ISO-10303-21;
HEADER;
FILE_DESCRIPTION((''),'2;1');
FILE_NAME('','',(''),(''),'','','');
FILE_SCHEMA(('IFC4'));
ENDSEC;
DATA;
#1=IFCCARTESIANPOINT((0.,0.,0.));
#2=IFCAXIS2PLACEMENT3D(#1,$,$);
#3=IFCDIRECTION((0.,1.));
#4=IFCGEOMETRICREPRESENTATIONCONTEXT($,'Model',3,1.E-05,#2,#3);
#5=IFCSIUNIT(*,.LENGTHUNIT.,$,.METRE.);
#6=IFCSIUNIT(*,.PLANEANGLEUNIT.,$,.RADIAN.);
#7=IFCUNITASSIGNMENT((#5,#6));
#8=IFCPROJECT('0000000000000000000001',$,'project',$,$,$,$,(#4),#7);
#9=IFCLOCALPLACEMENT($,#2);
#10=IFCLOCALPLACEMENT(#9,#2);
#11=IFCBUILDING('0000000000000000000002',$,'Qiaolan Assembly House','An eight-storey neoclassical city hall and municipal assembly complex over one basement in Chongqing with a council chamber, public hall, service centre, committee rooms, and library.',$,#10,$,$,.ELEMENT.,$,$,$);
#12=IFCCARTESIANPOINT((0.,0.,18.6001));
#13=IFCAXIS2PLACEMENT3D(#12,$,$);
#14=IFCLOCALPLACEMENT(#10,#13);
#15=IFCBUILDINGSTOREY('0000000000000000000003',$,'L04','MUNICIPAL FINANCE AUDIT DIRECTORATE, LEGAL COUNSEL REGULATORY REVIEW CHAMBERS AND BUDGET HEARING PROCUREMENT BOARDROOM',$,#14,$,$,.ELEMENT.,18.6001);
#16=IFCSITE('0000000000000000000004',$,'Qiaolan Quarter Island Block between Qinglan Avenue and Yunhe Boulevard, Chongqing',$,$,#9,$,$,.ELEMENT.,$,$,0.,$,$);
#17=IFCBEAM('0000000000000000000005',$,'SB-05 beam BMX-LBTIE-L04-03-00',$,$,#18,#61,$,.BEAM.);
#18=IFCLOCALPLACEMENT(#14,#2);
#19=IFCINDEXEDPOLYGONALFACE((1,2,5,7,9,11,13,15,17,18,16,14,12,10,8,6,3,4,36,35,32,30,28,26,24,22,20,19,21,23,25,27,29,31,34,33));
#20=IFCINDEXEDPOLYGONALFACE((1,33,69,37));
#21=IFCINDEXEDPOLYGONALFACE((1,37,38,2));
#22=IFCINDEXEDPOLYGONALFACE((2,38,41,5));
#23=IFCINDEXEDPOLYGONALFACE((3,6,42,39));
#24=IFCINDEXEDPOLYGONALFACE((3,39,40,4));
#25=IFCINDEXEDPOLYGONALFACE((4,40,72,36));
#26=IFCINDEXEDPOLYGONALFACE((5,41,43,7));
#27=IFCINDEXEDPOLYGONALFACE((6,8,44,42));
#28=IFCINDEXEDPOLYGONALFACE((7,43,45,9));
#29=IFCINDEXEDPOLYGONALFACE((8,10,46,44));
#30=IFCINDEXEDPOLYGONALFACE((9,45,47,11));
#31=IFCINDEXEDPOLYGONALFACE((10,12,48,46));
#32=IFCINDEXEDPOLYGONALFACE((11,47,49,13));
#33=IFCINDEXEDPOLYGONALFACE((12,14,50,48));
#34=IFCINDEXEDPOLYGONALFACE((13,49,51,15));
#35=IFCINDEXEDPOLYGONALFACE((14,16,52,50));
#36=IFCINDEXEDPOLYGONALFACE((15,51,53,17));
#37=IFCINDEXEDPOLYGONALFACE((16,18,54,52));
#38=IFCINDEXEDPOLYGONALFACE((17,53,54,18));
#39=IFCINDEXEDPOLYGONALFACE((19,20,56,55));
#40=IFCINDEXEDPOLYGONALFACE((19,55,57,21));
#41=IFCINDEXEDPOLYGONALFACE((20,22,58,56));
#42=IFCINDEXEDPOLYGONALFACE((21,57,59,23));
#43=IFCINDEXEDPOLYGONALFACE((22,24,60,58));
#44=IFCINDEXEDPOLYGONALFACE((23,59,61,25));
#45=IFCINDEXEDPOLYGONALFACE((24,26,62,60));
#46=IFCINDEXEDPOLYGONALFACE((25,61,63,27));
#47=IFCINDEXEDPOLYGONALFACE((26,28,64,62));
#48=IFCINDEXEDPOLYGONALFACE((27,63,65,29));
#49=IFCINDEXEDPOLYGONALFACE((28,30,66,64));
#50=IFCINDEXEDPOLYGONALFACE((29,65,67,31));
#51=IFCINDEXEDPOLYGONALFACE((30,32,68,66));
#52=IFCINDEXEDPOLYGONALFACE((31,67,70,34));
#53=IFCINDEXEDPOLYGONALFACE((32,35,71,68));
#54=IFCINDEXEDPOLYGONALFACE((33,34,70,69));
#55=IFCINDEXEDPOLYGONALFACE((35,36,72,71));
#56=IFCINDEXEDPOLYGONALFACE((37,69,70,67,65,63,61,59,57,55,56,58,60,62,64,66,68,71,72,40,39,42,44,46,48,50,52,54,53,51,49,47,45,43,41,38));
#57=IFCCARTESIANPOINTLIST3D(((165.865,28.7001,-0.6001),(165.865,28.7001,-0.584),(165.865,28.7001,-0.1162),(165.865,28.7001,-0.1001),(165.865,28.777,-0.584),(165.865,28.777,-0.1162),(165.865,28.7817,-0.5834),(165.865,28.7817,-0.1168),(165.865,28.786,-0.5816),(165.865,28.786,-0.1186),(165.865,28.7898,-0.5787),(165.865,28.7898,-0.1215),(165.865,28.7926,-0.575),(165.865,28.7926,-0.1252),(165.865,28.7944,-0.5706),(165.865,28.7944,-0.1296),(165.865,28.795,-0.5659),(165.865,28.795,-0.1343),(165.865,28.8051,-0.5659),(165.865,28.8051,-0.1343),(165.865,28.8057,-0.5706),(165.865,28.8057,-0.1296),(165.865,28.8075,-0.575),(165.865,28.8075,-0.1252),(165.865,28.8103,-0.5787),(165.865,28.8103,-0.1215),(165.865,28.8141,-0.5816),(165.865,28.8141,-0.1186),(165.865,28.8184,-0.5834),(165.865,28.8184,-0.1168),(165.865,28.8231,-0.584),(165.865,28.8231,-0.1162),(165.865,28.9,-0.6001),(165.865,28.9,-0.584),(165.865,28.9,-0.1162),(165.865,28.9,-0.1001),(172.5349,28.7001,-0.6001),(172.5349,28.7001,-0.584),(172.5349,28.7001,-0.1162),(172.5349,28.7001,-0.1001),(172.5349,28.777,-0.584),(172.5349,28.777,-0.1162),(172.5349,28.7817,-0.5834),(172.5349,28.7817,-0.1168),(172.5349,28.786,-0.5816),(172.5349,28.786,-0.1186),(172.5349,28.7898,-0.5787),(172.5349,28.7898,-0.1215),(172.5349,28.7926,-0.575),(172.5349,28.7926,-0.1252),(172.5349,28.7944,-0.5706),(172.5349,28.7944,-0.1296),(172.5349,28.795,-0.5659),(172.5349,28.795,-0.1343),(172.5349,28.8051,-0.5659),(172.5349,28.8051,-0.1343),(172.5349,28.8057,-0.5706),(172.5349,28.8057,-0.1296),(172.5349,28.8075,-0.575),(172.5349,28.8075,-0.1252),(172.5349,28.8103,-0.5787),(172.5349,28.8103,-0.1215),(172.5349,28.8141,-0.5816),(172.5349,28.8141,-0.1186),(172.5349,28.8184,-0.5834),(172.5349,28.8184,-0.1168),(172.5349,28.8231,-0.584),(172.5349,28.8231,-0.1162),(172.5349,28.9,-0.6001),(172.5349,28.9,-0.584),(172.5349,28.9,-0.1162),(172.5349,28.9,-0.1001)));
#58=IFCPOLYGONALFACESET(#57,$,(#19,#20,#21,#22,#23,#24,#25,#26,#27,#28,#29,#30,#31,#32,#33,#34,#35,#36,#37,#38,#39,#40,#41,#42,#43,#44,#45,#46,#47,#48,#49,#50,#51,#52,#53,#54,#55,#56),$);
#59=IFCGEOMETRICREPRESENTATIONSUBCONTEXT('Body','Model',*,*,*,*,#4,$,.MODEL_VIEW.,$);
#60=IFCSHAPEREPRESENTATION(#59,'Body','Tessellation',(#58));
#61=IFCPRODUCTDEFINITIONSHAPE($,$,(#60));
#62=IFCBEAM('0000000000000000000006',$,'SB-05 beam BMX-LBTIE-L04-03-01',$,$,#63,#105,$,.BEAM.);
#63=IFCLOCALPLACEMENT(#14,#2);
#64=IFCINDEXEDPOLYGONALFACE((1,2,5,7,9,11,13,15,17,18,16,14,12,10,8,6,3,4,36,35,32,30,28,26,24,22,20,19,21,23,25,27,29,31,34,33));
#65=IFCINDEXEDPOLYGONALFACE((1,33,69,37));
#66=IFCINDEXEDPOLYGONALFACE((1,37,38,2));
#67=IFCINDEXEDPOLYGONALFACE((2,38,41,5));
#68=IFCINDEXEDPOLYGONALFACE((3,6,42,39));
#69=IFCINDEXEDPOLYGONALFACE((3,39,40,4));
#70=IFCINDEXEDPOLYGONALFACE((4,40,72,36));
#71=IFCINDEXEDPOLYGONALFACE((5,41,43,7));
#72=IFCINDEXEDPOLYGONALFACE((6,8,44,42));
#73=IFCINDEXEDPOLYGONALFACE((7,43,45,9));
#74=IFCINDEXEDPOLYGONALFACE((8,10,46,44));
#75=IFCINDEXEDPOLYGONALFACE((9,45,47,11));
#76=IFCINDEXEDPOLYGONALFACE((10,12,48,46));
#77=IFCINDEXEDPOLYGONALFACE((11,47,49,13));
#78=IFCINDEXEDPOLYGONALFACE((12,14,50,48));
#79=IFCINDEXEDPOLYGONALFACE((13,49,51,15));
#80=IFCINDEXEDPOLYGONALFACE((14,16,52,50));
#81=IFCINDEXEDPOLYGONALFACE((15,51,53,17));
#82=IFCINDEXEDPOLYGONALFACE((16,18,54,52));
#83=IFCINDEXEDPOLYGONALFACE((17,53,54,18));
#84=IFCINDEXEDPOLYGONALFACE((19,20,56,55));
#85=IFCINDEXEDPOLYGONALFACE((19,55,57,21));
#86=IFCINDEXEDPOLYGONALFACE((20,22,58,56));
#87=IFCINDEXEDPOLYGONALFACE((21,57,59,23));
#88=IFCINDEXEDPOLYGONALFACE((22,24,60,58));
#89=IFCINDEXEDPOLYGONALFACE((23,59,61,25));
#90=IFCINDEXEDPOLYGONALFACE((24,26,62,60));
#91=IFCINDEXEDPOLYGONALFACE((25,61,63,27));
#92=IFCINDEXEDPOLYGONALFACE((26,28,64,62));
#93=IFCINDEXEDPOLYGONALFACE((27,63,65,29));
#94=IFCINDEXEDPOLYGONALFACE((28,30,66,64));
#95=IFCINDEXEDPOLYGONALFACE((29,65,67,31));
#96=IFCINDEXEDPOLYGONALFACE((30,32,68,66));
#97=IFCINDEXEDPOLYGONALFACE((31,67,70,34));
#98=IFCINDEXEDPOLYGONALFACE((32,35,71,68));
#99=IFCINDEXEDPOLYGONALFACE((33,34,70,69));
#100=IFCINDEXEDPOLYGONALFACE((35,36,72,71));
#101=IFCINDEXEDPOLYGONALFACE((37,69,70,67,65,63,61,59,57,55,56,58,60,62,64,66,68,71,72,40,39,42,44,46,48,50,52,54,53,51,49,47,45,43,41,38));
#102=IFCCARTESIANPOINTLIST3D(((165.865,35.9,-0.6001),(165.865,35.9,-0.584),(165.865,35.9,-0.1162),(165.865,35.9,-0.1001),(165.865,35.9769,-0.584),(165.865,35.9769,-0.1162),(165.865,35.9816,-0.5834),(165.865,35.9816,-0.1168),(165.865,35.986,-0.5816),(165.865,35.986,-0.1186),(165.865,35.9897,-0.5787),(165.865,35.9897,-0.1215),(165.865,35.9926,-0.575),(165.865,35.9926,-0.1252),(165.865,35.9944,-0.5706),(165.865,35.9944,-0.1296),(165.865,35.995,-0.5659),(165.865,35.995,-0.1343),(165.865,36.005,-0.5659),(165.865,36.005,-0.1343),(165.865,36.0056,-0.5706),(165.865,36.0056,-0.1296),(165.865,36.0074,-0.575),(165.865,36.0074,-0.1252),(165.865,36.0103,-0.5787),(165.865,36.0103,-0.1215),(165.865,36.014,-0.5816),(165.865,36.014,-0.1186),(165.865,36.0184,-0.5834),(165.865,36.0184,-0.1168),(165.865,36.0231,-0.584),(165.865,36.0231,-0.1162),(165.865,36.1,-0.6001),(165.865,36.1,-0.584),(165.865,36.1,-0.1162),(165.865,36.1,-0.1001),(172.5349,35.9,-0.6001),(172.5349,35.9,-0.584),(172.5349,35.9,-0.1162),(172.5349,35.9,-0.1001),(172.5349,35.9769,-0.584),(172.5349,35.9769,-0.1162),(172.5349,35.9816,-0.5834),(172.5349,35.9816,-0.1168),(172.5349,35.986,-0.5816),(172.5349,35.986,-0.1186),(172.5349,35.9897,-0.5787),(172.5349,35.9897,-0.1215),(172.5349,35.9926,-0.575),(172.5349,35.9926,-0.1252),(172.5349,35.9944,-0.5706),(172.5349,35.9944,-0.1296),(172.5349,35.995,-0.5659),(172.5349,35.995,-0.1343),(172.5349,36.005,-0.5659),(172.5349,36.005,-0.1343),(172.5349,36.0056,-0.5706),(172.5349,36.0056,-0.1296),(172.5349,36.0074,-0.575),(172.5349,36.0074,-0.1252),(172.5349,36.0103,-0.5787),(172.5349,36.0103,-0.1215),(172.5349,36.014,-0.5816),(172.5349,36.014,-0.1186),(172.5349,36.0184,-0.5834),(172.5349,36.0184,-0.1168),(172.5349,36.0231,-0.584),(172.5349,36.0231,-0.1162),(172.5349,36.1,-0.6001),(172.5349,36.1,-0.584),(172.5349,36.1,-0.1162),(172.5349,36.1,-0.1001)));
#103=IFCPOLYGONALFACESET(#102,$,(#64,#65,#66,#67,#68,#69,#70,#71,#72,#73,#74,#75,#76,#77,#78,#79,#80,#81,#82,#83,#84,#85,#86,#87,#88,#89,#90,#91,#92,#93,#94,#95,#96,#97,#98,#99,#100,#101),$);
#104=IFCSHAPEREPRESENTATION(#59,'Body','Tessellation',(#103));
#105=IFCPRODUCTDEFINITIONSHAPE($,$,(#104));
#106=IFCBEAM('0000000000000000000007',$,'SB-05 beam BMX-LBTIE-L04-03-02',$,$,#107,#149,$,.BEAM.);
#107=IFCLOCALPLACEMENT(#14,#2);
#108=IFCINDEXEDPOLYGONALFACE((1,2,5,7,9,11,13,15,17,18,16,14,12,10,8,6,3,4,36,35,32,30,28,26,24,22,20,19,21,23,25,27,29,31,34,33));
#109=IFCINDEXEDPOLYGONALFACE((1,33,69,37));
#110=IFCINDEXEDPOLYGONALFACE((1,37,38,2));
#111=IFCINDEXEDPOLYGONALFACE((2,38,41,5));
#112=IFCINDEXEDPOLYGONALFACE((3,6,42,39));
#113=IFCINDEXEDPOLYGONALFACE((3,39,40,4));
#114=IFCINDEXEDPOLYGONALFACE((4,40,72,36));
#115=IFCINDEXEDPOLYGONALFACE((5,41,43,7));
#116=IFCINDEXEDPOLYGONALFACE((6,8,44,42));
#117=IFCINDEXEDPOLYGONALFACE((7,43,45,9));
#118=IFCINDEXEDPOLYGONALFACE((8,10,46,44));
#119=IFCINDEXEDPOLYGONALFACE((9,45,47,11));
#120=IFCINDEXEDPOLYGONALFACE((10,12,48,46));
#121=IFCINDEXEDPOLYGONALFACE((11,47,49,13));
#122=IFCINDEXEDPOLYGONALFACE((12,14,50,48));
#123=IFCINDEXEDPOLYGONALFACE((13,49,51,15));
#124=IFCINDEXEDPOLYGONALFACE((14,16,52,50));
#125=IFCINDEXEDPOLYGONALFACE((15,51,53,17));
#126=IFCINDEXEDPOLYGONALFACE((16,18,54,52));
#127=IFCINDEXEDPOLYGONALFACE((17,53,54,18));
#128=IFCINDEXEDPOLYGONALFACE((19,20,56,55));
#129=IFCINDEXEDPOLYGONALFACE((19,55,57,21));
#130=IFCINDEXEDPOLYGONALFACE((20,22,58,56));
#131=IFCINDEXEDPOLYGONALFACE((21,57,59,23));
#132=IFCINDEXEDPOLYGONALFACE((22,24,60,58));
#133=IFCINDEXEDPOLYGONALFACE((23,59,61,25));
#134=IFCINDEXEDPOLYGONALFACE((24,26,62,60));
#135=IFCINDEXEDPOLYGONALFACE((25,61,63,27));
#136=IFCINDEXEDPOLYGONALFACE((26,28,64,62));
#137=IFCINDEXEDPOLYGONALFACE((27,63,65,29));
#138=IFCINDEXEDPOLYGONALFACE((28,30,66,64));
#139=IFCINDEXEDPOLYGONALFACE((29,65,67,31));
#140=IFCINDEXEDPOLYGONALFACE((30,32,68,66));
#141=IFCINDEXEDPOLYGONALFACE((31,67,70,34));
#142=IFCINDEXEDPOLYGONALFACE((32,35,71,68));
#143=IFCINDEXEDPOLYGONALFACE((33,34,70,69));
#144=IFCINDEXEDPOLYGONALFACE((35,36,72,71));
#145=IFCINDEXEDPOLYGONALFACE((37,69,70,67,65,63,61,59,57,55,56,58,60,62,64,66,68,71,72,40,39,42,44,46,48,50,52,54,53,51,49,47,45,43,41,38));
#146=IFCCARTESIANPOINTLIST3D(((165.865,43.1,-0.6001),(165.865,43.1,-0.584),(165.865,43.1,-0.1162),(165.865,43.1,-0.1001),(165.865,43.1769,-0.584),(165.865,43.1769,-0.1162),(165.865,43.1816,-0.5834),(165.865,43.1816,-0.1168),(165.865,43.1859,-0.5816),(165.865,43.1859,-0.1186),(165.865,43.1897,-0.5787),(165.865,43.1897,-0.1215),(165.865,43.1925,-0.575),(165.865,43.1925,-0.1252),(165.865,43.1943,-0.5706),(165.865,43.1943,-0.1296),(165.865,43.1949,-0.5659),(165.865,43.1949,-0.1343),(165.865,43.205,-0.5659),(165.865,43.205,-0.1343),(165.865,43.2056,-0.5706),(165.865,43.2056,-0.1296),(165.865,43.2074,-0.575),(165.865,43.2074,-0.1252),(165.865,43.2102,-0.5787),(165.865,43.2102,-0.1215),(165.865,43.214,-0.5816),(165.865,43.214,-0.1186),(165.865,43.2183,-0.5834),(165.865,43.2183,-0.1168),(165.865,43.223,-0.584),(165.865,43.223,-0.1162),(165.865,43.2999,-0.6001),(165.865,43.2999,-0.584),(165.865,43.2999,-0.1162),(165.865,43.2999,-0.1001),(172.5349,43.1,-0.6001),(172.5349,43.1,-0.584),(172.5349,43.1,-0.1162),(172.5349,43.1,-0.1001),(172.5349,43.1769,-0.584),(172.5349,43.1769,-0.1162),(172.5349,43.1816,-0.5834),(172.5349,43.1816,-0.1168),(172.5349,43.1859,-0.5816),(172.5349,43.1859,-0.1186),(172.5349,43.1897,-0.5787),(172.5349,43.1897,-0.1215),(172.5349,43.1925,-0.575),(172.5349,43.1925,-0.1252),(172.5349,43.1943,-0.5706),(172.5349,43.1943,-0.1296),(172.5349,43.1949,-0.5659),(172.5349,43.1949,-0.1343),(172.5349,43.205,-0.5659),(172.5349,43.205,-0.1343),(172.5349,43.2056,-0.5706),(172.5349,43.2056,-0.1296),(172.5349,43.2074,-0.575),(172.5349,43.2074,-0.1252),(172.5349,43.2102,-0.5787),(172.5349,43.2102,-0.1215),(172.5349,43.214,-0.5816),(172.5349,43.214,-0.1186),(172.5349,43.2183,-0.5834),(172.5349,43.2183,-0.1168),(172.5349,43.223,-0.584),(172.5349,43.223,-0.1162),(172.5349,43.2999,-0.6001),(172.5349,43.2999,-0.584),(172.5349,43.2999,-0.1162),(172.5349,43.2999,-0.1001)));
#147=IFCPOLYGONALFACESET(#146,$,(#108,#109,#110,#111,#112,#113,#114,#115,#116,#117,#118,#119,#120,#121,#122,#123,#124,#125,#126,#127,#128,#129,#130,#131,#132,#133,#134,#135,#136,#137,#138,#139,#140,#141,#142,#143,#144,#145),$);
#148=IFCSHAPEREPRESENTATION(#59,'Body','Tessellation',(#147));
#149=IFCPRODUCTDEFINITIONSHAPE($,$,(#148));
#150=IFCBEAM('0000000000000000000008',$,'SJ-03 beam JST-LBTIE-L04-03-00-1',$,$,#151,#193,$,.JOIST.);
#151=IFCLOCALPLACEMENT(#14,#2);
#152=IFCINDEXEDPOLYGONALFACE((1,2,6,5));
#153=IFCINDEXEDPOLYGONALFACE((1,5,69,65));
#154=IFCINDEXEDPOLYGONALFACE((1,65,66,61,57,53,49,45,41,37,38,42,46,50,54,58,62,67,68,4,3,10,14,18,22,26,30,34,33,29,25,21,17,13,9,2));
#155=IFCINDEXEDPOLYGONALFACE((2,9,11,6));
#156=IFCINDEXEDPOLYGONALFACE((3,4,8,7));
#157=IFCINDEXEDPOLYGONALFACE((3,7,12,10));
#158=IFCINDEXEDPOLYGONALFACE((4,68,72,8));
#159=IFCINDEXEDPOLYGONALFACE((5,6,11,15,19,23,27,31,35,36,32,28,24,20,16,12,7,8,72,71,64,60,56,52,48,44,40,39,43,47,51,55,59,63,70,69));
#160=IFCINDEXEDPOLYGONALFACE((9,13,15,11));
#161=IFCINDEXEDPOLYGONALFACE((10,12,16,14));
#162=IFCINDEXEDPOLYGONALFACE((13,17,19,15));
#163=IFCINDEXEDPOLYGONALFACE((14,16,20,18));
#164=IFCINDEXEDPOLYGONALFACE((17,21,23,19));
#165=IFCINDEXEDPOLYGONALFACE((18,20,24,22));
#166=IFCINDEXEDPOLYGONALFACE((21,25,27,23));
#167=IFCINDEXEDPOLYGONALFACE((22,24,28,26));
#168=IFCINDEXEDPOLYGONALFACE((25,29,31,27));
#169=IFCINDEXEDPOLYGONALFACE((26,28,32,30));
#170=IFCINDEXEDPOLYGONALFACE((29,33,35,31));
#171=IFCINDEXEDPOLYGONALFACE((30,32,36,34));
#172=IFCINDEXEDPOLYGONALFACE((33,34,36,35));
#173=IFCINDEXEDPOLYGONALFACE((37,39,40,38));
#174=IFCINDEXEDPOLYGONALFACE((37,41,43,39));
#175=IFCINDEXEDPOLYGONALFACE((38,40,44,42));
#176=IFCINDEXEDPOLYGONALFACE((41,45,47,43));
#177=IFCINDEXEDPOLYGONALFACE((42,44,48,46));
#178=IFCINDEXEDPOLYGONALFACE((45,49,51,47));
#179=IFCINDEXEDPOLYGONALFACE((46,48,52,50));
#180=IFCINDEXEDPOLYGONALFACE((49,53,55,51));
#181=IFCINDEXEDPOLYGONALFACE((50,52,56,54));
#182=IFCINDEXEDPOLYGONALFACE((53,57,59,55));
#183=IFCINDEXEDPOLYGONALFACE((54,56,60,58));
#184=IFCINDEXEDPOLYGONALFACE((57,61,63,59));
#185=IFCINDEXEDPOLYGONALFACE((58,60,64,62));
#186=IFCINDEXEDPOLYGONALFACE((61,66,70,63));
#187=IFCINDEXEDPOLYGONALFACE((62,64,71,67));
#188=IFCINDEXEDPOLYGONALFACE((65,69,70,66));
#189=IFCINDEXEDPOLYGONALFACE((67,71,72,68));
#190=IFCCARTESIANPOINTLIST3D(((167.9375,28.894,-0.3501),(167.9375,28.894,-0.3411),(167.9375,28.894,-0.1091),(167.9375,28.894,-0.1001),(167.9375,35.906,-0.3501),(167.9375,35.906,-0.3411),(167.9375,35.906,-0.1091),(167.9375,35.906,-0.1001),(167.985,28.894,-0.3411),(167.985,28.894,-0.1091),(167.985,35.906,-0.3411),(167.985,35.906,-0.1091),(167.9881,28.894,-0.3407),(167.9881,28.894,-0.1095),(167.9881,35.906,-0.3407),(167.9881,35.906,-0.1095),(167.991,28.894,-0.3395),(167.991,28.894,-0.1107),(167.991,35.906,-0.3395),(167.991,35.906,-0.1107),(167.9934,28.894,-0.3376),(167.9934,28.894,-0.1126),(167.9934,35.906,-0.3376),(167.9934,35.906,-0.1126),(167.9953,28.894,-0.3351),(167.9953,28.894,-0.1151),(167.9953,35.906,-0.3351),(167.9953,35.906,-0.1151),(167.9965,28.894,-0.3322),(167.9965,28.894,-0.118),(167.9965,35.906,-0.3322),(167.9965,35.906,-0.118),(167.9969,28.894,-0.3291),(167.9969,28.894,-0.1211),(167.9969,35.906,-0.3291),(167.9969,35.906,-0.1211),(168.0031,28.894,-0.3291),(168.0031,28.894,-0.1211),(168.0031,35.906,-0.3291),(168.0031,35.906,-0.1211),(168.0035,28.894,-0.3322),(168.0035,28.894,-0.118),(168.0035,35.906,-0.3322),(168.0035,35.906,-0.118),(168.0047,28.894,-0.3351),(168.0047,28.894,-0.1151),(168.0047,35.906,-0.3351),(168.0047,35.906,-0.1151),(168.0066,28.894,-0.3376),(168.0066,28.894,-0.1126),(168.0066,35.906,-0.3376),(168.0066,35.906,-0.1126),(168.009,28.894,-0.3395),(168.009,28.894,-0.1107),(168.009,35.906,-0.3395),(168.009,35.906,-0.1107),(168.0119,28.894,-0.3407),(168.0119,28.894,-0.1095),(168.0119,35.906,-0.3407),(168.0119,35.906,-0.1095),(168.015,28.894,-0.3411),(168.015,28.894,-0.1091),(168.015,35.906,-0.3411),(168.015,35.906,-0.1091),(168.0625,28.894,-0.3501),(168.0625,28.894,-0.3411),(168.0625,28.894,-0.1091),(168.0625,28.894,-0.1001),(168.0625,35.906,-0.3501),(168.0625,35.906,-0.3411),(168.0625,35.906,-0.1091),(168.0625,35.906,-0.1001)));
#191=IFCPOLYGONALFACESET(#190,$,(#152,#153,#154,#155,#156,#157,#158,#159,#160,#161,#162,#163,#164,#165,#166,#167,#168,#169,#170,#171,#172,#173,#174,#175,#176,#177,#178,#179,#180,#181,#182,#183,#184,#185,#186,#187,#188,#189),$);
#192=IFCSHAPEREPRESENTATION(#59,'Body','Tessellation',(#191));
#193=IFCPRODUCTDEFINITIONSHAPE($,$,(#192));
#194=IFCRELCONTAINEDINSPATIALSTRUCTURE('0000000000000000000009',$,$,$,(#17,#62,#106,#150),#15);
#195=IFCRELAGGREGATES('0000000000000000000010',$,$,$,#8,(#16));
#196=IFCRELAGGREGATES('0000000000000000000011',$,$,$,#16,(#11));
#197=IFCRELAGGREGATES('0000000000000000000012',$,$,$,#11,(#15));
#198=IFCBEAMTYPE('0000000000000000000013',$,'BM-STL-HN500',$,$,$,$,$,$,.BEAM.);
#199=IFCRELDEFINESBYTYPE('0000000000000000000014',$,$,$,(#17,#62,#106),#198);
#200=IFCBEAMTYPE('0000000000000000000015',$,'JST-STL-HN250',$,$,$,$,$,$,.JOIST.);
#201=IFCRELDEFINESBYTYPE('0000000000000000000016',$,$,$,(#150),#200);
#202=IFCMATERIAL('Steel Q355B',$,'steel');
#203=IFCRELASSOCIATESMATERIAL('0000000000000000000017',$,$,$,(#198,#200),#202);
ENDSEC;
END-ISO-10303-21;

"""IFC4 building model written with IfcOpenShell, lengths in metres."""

from ifc_helpers import new_model, si_unit, direction, frame, origin, origin_2d, place, context, subcontext, project, spatial, i_section, extrude, material, material_profile, profile_set, type_object, element, save


model = new_model("IFC4")

# Units and contexts
model_context = context("Model", 3, precision=1e-05, world=origin(), true_north=direction((0.0, 1.0)))
body_context = subcontext(model_context, "Body", "Model", "MODEL_VIEW")
ifc_project = project(units=[si_unit("LENGTHUNIT", "METRE"), si_unit("PLANEANGLEUNIT", "RADIAN")], contexts=[model_context])

# Site, building, storey
site_placement = place(None, origin())
site = spatial("IfcSite", under=ifc_project, at=site_placement, Name="Qiaolan Quarter Island Block between Qinglan Avenue and Yunhe Boulevard, Chongqing", CompositionType="ELEMENT", RefElevation=0.0)
building_placement = place(site_placement, origin())
building = spatial("IfcBuilding", under=site, at=building_placement, Name="Qiaolan Assembly House", Description="An eight-storey neoclassical city hall and municipal assembly complex over one basement in Chongqing with a council chamber, public hall, service centre, committee rooms, and library.", CompositionType="ELEMENT")
storey_placement = place(building_placement, frame((0.0, 0.0, 18.6001)))
storey = spatial("IfcBuildingStorey", under=building, at=storey_placement, Name="L04", Description="MUNICIPAL FINANCE AUDIT DIRECTORATE, LEGAL COUNSEL REGULATORY REVIEW CHAMBERS AND BUDGET HEARING PROCUREMENT BOARDROOM", CompositionType="ELEMENT", Elevation=18.6001)

# Beams
ifc_material = material(Name="Steel Q355B", Category="steel")
ifc_material_profile_1 = material_profile(ifc_material, i_section(OverallWidth=0.2, OverallDepth=0.5, WebThickness=0.01, FlangeThickness=0.0161, FilletRadius=0.0181, at=origin_2d()), Name="HN 500x200x10x16")
ifc_profile_set_1 = profile_set([ifc_material_profile_1], Name="Steel Q355B")
beam_type_1 = type_object("IfcBeamType", Name="BM-STL-HN500", PredefinedType="BEAM", material=ifc_profile_set_1)
for number, where, z_axis, x_axis, name in (
    (1, (165.865, 28.8, -0.3501), (1.0, 0.0, 0.0), (0.0, 1.0, 0.0), "SB-05 beam BMX-LBTIE-L04-03-00"),
    (2, (165.865, 36.0, -0.3501), (1.0, 0.0, 0.0), (0.0, 1.0, 0.0), "SB-05 beam BMX-LBTIE-L04-03-01"),
    (3, (165.865, 43.2, -0.3501), (1.0, 0.0, 0.0), (0.0, 1.0, 0.0), "SB-05 beam BMX-LBTIE-L04-03-02"),
):
    element("IfcBeam", number, at=place(storey_placement, frame(where, z_axis=z_axis, x_axis=x_axis)), inside=storey, type_object=beam_type_1, Name=name, PredefinedType="BEAM", context=body_context, shape_type="SweptSolid", body=[
        extrude(i_section(OverallWidth=0.2, OverallDepth=0.5, WebThickness=0.01, FlangeThickness=0.0161, FilletRadius=0.0181, at=origin_2d()), origin(), (0.0, 0.0, 1.0), 6.6699),
    ])
ifc_material_profile_2 = material_profile(ifc_material, i_section(OverallWidth=0.125, OverallDepth=0.25, WebThickness=0.0061, FlangeThickness=0.009, FilletRadius=0.012, at=origin_2d()), Name="HN 250x125x6x9")
ifc_profile_set_2 = profile_set([ifc_material_profile_2], Name="Steel Q355B")
beam_type_2 = type_object("IfcBeamType", Name="JST-STL-HN250", PredefinedType="JOIST", material=ifc_profile_set_2)
for number, where, z_axis, x_axis, name in (
    (4, (168.0, 28.894, -0.2251), (0.0, 1.0, 0.0), (-1.0, 0.0, 0.0), "SJ-03 beam JST-LBTIE-L04-03-00-1"),
):
    element("IfcBeam", number, at=place(storey_placement, frame(where, z_axis=z_axis, x_axis=x_axis)), inside=storey, type_object=beam_type_2, Name=name, PredefinedType="JOIST", context=body_context, shape_type="SweptSolid", body=[
        extrude(i_section(OverallWidth=0.125, OverallDepth=0.25, WebThickness=0.0061, FlangeThickness=0.009, FilletRadius=0.012, at=origin_2d()), origin(), (0.0, 0.0, 1.0), 7.012),
    ])

save(model, "model.ifc")
